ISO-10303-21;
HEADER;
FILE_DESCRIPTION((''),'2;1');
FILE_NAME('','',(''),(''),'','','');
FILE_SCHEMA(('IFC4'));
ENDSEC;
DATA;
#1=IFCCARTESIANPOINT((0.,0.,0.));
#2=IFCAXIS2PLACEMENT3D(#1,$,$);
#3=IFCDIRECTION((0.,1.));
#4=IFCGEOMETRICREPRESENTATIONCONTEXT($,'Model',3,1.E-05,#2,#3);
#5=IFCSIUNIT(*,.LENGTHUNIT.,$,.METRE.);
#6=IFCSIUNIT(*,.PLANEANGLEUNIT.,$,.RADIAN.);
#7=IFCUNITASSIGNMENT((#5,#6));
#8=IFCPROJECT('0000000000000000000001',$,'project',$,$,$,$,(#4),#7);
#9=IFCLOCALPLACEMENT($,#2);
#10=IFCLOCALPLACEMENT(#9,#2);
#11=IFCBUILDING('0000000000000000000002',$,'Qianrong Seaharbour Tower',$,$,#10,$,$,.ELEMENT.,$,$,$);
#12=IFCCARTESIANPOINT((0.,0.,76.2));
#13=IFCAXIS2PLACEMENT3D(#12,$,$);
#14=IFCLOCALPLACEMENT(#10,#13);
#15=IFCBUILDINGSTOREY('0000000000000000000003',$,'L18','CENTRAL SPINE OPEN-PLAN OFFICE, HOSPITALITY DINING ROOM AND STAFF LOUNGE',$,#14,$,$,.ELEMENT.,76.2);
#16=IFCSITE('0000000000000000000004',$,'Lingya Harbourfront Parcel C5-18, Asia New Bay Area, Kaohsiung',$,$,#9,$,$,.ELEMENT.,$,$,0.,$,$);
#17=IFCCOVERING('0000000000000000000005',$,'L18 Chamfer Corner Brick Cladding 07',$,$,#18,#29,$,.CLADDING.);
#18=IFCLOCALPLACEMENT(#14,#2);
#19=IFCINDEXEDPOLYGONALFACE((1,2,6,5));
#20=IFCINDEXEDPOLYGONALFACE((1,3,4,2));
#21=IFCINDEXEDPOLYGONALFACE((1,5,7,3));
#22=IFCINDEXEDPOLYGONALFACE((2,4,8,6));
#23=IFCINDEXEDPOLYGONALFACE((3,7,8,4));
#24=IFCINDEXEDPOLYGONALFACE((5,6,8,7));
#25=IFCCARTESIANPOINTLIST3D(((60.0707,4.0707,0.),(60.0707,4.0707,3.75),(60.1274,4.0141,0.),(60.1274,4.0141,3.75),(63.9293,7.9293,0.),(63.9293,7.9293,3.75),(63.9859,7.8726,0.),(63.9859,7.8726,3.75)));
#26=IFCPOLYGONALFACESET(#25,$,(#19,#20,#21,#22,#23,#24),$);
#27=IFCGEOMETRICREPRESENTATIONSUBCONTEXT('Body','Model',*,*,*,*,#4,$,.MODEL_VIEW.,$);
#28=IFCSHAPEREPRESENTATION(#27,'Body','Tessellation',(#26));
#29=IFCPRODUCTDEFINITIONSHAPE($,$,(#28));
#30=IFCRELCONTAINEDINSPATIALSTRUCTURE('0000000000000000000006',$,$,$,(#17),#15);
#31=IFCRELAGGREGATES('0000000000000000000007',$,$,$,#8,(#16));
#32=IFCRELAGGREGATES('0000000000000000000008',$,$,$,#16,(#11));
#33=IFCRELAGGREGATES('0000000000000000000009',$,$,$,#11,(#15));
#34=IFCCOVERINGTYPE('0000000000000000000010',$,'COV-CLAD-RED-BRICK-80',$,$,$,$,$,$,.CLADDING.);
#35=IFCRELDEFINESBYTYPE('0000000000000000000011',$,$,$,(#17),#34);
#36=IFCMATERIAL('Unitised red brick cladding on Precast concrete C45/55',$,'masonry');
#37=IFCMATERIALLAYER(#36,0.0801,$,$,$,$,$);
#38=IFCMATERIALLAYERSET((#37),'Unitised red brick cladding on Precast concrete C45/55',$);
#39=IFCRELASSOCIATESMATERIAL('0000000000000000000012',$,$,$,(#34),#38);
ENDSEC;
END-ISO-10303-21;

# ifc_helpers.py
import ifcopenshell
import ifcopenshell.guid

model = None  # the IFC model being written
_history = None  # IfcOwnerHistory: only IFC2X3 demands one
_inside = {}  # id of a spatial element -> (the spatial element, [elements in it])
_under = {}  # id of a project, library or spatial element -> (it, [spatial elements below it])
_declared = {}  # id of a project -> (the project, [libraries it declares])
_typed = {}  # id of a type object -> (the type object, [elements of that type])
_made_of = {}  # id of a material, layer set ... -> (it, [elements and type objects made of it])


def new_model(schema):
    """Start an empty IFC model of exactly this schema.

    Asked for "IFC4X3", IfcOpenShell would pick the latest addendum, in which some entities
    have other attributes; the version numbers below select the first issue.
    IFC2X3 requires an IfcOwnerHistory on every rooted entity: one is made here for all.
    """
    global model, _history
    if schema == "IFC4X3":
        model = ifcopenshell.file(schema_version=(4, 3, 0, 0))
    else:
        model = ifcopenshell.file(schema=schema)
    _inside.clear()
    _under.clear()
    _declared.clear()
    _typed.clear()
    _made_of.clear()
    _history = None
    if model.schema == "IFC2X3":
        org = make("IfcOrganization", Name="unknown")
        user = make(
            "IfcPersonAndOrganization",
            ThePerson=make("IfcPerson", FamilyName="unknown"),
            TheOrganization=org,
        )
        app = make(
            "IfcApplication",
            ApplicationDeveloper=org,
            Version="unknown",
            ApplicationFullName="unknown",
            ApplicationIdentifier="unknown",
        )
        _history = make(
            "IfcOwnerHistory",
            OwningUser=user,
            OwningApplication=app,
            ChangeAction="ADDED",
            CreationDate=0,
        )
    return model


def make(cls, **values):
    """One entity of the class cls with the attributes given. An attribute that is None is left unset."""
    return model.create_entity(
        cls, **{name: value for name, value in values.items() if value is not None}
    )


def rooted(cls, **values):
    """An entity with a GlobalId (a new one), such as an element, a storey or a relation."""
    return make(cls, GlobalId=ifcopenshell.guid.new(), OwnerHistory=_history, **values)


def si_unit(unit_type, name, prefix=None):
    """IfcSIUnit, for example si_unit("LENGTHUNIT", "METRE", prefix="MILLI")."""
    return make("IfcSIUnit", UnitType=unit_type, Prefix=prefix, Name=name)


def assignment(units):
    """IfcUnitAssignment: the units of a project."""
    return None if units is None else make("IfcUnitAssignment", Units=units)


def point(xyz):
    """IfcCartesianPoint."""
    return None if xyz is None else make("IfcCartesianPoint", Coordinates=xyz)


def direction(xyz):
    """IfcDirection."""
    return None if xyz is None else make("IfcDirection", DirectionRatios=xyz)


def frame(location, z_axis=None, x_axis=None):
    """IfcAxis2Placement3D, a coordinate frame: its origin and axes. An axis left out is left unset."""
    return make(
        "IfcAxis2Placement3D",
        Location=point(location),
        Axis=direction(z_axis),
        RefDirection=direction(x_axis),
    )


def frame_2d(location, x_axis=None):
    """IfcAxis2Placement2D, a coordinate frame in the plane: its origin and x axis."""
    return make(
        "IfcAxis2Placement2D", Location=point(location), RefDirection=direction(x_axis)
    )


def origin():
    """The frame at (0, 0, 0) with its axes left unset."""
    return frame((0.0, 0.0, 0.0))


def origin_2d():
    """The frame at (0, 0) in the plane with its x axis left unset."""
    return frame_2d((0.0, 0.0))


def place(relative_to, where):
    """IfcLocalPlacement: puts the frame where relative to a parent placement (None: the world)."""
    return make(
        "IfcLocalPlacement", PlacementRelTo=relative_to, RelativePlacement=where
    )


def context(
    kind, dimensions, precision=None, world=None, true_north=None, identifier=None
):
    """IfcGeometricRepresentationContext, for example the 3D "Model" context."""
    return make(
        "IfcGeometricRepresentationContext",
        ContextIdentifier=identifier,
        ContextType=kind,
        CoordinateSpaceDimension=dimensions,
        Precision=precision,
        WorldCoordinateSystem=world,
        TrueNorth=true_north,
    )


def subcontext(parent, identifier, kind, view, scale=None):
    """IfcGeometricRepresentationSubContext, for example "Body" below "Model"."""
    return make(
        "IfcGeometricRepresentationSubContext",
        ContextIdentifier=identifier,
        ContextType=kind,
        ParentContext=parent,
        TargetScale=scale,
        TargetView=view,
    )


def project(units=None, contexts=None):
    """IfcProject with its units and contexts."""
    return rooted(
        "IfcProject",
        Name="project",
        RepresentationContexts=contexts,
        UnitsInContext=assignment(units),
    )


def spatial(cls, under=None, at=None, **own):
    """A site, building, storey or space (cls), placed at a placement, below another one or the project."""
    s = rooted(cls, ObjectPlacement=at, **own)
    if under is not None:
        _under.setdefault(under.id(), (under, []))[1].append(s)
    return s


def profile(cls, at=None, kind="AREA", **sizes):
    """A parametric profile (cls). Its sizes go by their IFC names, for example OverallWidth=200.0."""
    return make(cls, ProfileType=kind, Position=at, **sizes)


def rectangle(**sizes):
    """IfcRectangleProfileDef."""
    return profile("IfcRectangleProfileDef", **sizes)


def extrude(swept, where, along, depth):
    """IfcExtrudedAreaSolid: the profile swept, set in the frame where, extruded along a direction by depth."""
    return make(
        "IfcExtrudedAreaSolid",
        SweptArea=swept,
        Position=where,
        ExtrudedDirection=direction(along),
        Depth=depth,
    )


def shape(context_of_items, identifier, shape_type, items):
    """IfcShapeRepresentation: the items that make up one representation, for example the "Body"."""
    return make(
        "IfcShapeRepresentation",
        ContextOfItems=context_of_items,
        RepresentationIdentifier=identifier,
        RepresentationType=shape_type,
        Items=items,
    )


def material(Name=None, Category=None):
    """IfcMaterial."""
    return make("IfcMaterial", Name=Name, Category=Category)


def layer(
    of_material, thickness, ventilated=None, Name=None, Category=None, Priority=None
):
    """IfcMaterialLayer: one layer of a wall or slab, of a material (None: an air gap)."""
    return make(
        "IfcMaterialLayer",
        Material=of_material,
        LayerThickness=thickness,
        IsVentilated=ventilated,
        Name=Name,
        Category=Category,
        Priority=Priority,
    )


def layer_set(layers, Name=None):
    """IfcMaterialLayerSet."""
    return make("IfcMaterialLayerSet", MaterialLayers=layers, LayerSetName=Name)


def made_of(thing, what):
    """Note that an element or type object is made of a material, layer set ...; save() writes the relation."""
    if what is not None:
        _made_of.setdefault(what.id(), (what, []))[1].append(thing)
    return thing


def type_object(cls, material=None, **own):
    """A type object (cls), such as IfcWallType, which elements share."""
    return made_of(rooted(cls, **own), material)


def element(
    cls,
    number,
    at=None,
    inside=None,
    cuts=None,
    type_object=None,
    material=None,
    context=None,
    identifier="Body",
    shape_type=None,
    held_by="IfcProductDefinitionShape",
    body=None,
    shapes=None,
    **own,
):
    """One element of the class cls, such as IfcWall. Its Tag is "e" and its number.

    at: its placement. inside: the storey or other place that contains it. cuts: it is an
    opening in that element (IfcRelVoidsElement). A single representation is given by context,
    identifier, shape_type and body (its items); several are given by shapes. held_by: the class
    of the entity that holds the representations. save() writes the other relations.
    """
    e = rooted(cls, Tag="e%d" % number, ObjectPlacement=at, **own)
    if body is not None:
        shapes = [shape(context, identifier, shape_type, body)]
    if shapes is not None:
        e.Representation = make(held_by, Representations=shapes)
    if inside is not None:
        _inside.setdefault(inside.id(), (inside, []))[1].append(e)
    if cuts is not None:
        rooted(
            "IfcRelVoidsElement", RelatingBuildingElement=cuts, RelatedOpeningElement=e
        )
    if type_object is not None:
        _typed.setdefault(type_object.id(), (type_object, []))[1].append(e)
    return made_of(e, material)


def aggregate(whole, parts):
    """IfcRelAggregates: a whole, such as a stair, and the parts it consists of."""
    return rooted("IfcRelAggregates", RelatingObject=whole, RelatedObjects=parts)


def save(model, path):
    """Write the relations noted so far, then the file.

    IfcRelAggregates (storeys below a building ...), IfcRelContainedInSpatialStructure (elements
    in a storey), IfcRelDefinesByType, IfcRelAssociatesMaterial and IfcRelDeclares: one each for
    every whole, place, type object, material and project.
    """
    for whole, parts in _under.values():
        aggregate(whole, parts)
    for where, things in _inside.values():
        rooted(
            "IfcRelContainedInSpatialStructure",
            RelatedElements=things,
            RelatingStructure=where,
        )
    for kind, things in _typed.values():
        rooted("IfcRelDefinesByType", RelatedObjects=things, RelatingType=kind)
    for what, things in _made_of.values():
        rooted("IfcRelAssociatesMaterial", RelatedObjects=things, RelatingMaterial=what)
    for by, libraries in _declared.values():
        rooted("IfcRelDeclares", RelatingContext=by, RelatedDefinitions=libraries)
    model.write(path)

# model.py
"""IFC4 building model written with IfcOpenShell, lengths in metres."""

from ifc_helpers import new_model, si_unit, direction, frame, origin, origin_2d, place, context, subcontext, project, spatial, rectangle, extrude, material, layer, layer_set, type_object, element, save


model = new_model("IFC4")

# Units and contexts
model_context = context("Model", 3, precision=1e-05, world=origin(), true_north=direction((0.0, 1.0)))
body_context = subcontext(model_context, "Body", "Model", "MODEL_VIEW")
ifc_project = project(units=[si_unit("LENGTHUNIT", "METRE"), si_unit("PLANEANGLEUNIT", "RADIAN")], contexts=[model_context])

# Site, building, storey
site_placement = place(None, origin())
site = spatial("IfcSite", under=ifc_project, at=site_placement, Name="Lingya Harbourfront Parcel C5-18, Asia New Bay Area, Kaohsiung", CompositionType="ELEMENT", RefElevation=0.0)
building_placement = place(site_placement, origin())
building = spatial("IfcBuilding", under=site, at=building_placement, Name="Qianrong Seaharbour Tower", CompositionType="ELEMENT")
storey_placement = place(building_placement, frame((0.0, 0.0, 76.2)))
storey = spatial("IfcBuildingStorey", under=building, at=storey_placement, Name="L18", Description="CENTRAL SPINE OPEN-PLAN OFFICE, HOSPITALITY DINING ROOM AND STAFF LOUNGE", CompositionType="ELEMENT", Elevation=76.2)

# Covering
ifc_material_1 = material(Name="Unitised red brick cladding on Precast concrete C45/55", Category="masonry")
ifc_layer_1 = layer(ifc_material_1, 0.0801)
ifc_layer_set_1 = layer_set([ifc_layer_1], Name="Unitised red brick cladding on Precast concrete C45/55")
covering_type = type_object("IfcCoveringType", Name="COV-CLAD-RED-BRICK-80", PredefinedType="CLADDING", material=ifc_layer_set_1)
covering_placement = place(storey_placement, frame((62.0283, 5.9717, 0.0), z_axis=(0.0, 0.0, 1.0), x_axis=(-0.707107, -0.707107, 0.0)))
element("IfcCovering", 1, at=covering_placement, inside=storey, type_object=covering_type, Name="L18 Chamfer Corner Brick Cladding 07", PredefinedType="CLADDING", context=body_context, shape_type="SweptSolid", body=[
    extrude(rectangle(XDim=5.4568, YDim=0.0801, at=origin_2d()), origin(), (0.0, 0.0, 1.0), 3.75),
])

save(model, "model.ifc")
